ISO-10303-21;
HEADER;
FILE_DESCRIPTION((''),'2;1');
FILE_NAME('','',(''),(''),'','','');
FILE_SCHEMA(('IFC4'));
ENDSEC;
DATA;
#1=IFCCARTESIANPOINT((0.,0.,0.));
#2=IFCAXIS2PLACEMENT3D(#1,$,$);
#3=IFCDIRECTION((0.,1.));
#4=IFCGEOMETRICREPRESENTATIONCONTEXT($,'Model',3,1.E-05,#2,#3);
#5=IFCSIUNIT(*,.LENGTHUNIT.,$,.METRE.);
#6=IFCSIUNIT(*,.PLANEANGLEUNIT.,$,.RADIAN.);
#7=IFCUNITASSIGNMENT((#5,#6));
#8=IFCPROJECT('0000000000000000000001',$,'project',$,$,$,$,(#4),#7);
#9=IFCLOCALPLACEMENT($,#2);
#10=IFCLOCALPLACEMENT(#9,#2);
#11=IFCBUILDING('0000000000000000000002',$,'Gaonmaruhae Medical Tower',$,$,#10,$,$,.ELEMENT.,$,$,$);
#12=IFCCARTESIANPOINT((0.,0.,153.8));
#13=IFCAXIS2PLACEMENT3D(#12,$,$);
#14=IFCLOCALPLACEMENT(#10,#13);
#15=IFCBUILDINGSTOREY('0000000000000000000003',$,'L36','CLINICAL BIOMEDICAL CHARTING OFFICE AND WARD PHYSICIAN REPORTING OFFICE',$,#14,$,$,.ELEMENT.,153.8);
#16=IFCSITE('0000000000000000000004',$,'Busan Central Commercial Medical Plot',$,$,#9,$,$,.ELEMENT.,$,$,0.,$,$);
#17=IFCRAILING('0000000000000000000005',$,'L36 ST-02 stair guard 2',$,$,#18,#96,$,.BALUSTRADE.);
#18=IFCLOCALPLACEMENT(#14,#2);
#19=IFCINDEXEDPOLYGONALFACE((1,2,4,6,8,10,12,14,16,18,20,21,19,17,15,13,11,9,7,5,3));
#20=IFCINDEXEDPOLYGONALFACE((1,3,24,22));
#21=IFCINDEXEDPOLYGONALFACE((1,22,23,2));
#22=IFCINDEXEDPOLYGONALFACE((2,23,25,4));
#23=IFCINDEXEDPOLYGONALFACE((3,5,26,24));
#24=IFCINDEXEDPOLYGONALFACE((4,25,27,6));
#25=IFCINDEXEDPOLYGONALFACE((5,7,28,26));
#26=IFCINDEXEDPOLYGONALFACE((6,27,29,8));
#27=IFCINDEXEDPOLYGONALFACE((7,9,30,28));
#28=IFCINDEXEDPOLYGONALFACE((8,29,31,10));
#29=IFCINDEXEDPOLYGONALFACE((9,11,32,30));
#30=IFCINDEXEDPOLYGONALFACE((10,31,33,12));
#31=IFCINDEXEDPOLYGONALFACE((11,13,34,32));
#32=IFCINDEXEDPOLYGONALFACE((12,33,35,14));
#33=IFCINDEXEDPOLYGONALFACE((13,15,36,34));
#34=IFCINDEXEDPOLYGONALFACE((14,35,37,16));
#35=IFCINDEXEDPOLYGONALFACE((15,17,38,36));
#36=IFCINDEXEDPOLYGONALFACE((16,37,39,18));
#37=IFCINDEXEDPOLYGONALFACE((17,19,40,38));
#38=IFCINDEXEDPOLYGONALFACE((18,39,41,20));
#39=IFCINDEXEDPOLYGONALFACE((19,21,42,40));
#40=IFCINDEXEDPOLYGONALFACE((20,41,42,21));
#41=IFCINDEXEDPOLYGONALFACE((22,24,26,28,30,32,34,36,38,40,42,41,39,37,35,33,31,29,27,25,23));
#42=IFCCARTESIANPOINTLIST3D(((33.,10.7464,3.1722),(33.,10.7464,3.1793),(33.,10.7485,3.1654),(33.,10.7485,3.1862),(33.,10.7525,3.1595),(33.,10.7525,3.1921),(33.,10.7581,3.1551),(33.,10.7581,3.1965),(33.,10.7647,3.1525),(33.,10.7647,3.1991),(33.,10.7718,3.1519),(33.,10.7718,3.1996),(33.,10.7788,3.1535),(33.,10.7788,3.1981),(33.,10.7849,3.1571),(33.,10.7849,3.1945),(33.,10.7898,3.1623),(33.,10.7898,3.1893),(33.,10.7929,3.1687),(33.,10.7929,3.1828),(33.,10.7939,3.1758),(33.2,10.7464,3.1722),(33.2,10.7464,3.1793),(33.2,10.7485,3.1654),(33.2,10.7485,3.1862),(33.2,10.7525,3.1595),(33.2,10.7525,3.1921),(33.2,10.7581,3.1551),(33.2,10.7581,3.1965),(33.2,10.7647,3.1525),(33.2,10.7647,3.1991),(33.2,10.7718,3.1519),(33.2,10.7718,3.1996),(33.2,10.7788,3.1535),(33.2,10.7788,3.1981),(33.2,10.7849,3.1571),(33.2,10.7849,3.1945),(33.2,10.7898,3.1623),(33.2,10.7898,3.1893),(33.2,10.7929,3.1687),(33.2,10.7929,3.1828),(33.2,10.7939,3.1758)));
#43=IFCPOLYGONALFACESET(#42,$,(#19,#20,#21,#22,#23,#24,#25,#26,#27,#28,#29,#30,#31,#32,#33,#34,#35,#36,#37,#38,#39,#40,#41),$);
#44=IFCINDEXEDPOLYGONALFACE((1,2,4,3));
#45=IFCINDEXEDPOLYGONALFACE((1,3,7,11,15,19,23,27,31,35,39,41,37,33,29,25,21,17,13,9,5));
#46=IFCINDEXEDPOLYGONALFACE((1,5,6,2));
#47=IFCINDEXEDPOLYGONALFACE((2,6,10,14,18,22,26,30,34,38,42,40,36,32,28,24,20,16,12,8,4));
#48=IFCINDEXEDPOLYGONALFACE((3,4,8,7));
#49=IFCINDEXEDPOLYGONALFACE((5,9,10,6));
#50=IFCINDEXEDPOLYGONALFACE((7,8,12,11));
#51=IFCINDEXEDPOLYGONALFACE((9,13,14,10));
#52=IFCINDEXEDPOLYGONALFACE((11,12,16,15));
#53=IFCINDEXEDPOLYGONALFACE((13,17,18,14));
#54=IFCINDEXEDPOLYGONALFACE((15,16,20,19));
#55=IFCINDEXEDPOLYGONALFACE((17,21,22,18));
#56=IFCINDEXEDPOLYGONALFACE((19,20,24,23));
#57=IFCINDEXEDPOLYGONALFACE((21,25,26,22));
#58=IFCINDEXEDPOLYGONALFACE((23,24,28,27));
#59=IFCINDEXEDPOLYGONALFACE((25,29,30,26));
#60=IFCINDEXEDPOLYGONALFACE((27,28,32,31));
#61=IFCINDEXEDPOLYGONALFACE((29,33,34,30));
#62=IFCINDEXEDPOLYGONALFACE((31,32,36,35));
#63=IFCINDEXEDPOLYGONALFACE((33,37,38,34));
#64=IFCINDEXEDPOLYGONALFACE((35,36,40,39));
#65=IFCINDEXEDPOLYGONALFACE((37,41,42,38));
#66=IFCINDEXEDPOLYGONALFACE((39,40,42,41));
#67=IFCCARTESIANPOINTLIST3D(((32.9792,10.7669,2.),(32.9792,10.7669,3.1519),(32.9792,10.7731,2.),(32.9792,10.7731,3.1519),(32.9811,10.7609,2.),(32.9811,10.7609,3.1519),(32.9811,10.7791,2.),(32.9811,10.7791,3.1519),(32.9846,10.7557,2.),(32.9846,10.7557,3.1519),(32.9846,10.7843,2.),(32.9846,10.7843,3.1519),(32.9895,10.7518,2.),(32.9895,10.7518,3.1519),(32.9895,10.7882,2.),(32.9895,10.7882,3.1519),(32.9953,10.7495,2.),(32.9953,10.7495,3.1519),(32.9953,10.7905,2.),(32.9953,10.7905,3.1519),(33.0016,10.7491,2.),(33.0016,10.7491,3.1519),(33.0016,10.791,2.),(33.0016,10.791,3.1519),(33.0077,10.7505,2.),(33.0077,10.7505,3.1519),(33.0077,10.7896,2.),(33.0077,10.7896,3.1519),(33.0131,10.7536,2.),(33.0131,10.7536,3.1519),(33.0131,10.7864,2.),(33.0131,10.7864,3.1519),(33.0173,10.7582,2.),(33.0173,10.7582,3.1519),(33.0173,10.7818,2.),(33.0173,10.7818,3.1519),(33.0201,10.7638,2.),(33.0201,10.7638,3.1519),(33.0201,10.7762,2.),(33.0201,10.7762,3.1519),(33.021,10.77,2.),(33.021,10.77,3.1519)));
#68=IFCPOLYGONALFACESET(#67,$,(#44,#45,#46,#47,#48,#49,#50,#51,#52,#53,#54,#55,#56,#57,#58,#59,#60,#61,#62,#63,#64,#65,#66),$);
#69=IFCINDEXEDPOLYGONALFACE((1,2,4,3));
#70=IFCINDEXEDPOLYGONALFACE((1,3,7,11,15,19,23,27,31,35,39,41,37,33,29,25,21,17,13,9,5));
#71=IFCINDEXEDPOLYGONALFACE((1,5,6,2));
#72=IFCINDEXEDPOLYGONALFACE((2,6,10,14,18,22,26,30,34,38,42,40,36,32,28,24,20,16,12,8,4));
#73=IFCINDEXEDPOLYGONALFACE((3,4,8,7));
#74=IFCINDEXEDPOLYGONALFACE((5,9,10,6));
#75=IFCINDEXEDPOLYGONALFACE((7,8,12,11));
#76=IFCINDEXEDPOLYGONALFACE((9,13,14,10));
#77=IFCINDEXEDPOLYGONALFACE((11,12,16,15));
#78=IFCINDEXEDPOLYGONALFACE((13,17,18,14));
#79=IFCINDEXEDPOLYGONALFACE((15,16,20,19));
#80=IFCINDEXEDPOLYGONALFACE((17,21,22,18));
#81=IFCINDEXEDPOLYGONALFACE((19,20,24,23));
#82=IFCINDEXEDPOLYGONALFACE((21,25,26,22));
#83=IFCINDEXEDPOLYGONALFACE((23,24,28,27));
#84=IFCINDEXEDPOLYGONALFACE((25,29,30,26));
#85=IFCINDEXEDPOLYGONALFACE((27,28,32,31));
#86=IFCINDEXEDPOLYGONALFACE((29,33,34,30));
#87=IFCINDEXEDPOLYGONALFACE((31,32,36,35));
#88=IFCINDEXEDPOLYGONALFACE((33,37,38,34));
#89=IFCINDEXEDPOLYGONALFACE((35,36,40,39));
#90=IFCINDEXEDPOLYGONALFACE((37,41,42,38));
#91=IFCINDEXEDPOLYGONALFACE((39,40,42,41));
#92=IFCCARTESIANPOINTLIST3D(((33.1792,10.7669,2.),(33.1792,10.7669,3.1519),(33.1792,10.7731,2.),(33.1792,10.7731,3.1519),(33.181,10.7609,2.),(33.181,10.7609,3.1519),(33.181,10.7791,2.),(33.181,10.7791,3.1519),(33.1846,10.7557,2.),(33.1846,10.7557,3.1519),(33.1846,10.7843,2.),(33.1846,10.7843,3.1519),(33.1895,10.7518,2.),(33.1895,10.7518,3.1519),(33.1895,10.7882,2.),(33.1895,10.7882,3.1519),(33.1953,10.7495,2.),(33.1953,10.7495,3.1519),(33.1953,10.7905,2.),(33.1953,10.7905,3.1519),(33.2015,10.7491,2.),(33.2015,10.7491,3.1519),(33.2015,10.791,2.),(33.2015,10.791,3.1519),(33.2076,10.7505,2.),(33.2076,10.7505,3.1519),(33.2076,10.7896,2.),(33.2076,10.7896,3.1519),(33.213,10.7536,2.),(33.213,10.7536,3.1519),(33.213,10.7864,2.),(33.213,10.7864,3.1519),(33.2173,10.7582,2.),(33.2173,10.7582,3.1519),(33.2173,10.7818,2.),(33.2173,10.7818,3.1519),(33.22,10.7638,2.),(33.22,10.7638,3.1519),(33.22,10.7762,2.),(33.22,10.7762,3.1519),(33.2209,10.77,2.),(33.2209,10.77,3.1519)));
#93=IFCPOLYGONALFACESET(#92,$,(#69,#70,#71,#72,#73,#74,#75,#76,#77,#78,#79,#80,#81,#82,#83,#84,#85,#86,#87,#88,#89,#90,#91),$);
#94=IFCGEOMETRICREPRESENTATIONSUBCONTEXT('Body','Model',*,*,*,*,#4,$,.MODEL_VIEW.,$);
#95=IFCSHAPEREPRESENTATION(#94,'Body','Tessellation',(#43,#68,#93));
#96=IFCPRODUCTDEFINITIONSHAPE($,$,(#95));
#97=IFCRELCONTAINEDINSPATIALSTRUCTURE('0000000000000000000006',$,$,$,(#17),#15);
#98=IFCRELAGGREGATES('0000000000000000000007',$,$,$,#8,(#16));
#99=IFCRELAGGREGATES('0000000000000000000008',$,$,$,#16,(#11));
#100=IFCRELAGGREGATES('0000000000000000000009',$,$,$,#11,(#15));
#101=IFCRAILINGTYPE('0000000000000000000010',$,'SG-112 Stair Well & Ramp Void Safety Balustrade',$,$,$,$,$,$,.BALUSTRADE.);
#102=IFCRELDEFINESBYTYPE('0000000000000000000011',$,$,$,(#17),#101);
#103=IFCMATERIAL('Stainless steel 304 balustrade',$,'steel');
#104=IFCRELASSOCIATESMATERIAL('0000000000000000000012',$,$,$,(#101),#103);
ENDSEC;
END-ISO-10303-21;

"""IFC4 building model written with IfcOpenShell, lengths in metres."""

from ifc_helpers import new_model, si_unit, direction, frame, origin, origin_2d, place, context, subcontext, project, spatial, circle, extrude, material, type_object, element, save


model = new_model("IFC4")

# Units and contexts
model_context = context("Model", 3, precision=1e-05, world=origin(), true_north=direction((0.0, 1.0)))
body_context = subcontext(model_context, "Body", "Model", "MODEL_VIEW")
ifc_project = project(units=[si_unit("LENGTHUNIT", "METRE"), si_unit("PLANEANGLEUNIT", "RADIAN")], contexts=[model_context])

# Site, building, storey
site_placement = place(None, origin())
site = spatial("IfcSite", under=ifc_project, at=site_placement, Name="Busan Central Commercial Medical Plot", CompositionType="ELEMENT", RefElevation=0.0)
building_placement = place(site_placement, origin())
building = spatial("IfcBuilding", under=site, at=building_placement, Name="Gaonmaruhae Medical Tower", CompositionType="ELEMENT")
storey_placement = place(building_placement, frame((0.0, 0.0, 153.8)))
storey = spatial("IfcBuildingStorey", under=building, at=storey_placement, Name="L36", Description="CLINICAL BIOMEDICAL CHARTING OFFICE AND WARD PHYSICIAN REPORTING OFFICE", CompositionType="ELEMENT", Elevation=153.8)

# Railing
ifc_material_1 = material(Name="Stainless steel 304 balustrade", Category="steel")
railing_type_1 = type_object("IfcRailingType", Name="SG-112 Stair Well & Ramp Void Safety Balustrade", PredefinedType="BALUSTRADE", material=ifc_material_1)
railing_1_placement = place(storey_placement, frame((33.0, 10.77, 2.0)))
element("IfcRailing", 1, at=railing_1_placement, inside=storey, type_object=railing_type_1, Name="L36 ST-02 stair guard 2", PredefinedType="BALUSTRADE", context=body_context, shape_type="SweptSolid", body=[
    extrude(circle(Radius=0.0239, at=origin_2d()), frame((0.0, 0.0, 1.1758), z_axis=(1.0, 0.0, 0.0), x_axis=(0.0, 1.0, 0.0)), (0.0, 0.0, 1.0), 0.2),
    extrude(circle(Radius=0.021, at=origin_2d()), origin(), (0.0, 0.0, 1.0), 1.1519),
    extrude(circle(Radius=0.021, at=origin_2d()), frame((0.2, 0.0, 0.0)), (0.0, 0.0, 1.0), 1.1519),
])

save(model, "model.ifc")
